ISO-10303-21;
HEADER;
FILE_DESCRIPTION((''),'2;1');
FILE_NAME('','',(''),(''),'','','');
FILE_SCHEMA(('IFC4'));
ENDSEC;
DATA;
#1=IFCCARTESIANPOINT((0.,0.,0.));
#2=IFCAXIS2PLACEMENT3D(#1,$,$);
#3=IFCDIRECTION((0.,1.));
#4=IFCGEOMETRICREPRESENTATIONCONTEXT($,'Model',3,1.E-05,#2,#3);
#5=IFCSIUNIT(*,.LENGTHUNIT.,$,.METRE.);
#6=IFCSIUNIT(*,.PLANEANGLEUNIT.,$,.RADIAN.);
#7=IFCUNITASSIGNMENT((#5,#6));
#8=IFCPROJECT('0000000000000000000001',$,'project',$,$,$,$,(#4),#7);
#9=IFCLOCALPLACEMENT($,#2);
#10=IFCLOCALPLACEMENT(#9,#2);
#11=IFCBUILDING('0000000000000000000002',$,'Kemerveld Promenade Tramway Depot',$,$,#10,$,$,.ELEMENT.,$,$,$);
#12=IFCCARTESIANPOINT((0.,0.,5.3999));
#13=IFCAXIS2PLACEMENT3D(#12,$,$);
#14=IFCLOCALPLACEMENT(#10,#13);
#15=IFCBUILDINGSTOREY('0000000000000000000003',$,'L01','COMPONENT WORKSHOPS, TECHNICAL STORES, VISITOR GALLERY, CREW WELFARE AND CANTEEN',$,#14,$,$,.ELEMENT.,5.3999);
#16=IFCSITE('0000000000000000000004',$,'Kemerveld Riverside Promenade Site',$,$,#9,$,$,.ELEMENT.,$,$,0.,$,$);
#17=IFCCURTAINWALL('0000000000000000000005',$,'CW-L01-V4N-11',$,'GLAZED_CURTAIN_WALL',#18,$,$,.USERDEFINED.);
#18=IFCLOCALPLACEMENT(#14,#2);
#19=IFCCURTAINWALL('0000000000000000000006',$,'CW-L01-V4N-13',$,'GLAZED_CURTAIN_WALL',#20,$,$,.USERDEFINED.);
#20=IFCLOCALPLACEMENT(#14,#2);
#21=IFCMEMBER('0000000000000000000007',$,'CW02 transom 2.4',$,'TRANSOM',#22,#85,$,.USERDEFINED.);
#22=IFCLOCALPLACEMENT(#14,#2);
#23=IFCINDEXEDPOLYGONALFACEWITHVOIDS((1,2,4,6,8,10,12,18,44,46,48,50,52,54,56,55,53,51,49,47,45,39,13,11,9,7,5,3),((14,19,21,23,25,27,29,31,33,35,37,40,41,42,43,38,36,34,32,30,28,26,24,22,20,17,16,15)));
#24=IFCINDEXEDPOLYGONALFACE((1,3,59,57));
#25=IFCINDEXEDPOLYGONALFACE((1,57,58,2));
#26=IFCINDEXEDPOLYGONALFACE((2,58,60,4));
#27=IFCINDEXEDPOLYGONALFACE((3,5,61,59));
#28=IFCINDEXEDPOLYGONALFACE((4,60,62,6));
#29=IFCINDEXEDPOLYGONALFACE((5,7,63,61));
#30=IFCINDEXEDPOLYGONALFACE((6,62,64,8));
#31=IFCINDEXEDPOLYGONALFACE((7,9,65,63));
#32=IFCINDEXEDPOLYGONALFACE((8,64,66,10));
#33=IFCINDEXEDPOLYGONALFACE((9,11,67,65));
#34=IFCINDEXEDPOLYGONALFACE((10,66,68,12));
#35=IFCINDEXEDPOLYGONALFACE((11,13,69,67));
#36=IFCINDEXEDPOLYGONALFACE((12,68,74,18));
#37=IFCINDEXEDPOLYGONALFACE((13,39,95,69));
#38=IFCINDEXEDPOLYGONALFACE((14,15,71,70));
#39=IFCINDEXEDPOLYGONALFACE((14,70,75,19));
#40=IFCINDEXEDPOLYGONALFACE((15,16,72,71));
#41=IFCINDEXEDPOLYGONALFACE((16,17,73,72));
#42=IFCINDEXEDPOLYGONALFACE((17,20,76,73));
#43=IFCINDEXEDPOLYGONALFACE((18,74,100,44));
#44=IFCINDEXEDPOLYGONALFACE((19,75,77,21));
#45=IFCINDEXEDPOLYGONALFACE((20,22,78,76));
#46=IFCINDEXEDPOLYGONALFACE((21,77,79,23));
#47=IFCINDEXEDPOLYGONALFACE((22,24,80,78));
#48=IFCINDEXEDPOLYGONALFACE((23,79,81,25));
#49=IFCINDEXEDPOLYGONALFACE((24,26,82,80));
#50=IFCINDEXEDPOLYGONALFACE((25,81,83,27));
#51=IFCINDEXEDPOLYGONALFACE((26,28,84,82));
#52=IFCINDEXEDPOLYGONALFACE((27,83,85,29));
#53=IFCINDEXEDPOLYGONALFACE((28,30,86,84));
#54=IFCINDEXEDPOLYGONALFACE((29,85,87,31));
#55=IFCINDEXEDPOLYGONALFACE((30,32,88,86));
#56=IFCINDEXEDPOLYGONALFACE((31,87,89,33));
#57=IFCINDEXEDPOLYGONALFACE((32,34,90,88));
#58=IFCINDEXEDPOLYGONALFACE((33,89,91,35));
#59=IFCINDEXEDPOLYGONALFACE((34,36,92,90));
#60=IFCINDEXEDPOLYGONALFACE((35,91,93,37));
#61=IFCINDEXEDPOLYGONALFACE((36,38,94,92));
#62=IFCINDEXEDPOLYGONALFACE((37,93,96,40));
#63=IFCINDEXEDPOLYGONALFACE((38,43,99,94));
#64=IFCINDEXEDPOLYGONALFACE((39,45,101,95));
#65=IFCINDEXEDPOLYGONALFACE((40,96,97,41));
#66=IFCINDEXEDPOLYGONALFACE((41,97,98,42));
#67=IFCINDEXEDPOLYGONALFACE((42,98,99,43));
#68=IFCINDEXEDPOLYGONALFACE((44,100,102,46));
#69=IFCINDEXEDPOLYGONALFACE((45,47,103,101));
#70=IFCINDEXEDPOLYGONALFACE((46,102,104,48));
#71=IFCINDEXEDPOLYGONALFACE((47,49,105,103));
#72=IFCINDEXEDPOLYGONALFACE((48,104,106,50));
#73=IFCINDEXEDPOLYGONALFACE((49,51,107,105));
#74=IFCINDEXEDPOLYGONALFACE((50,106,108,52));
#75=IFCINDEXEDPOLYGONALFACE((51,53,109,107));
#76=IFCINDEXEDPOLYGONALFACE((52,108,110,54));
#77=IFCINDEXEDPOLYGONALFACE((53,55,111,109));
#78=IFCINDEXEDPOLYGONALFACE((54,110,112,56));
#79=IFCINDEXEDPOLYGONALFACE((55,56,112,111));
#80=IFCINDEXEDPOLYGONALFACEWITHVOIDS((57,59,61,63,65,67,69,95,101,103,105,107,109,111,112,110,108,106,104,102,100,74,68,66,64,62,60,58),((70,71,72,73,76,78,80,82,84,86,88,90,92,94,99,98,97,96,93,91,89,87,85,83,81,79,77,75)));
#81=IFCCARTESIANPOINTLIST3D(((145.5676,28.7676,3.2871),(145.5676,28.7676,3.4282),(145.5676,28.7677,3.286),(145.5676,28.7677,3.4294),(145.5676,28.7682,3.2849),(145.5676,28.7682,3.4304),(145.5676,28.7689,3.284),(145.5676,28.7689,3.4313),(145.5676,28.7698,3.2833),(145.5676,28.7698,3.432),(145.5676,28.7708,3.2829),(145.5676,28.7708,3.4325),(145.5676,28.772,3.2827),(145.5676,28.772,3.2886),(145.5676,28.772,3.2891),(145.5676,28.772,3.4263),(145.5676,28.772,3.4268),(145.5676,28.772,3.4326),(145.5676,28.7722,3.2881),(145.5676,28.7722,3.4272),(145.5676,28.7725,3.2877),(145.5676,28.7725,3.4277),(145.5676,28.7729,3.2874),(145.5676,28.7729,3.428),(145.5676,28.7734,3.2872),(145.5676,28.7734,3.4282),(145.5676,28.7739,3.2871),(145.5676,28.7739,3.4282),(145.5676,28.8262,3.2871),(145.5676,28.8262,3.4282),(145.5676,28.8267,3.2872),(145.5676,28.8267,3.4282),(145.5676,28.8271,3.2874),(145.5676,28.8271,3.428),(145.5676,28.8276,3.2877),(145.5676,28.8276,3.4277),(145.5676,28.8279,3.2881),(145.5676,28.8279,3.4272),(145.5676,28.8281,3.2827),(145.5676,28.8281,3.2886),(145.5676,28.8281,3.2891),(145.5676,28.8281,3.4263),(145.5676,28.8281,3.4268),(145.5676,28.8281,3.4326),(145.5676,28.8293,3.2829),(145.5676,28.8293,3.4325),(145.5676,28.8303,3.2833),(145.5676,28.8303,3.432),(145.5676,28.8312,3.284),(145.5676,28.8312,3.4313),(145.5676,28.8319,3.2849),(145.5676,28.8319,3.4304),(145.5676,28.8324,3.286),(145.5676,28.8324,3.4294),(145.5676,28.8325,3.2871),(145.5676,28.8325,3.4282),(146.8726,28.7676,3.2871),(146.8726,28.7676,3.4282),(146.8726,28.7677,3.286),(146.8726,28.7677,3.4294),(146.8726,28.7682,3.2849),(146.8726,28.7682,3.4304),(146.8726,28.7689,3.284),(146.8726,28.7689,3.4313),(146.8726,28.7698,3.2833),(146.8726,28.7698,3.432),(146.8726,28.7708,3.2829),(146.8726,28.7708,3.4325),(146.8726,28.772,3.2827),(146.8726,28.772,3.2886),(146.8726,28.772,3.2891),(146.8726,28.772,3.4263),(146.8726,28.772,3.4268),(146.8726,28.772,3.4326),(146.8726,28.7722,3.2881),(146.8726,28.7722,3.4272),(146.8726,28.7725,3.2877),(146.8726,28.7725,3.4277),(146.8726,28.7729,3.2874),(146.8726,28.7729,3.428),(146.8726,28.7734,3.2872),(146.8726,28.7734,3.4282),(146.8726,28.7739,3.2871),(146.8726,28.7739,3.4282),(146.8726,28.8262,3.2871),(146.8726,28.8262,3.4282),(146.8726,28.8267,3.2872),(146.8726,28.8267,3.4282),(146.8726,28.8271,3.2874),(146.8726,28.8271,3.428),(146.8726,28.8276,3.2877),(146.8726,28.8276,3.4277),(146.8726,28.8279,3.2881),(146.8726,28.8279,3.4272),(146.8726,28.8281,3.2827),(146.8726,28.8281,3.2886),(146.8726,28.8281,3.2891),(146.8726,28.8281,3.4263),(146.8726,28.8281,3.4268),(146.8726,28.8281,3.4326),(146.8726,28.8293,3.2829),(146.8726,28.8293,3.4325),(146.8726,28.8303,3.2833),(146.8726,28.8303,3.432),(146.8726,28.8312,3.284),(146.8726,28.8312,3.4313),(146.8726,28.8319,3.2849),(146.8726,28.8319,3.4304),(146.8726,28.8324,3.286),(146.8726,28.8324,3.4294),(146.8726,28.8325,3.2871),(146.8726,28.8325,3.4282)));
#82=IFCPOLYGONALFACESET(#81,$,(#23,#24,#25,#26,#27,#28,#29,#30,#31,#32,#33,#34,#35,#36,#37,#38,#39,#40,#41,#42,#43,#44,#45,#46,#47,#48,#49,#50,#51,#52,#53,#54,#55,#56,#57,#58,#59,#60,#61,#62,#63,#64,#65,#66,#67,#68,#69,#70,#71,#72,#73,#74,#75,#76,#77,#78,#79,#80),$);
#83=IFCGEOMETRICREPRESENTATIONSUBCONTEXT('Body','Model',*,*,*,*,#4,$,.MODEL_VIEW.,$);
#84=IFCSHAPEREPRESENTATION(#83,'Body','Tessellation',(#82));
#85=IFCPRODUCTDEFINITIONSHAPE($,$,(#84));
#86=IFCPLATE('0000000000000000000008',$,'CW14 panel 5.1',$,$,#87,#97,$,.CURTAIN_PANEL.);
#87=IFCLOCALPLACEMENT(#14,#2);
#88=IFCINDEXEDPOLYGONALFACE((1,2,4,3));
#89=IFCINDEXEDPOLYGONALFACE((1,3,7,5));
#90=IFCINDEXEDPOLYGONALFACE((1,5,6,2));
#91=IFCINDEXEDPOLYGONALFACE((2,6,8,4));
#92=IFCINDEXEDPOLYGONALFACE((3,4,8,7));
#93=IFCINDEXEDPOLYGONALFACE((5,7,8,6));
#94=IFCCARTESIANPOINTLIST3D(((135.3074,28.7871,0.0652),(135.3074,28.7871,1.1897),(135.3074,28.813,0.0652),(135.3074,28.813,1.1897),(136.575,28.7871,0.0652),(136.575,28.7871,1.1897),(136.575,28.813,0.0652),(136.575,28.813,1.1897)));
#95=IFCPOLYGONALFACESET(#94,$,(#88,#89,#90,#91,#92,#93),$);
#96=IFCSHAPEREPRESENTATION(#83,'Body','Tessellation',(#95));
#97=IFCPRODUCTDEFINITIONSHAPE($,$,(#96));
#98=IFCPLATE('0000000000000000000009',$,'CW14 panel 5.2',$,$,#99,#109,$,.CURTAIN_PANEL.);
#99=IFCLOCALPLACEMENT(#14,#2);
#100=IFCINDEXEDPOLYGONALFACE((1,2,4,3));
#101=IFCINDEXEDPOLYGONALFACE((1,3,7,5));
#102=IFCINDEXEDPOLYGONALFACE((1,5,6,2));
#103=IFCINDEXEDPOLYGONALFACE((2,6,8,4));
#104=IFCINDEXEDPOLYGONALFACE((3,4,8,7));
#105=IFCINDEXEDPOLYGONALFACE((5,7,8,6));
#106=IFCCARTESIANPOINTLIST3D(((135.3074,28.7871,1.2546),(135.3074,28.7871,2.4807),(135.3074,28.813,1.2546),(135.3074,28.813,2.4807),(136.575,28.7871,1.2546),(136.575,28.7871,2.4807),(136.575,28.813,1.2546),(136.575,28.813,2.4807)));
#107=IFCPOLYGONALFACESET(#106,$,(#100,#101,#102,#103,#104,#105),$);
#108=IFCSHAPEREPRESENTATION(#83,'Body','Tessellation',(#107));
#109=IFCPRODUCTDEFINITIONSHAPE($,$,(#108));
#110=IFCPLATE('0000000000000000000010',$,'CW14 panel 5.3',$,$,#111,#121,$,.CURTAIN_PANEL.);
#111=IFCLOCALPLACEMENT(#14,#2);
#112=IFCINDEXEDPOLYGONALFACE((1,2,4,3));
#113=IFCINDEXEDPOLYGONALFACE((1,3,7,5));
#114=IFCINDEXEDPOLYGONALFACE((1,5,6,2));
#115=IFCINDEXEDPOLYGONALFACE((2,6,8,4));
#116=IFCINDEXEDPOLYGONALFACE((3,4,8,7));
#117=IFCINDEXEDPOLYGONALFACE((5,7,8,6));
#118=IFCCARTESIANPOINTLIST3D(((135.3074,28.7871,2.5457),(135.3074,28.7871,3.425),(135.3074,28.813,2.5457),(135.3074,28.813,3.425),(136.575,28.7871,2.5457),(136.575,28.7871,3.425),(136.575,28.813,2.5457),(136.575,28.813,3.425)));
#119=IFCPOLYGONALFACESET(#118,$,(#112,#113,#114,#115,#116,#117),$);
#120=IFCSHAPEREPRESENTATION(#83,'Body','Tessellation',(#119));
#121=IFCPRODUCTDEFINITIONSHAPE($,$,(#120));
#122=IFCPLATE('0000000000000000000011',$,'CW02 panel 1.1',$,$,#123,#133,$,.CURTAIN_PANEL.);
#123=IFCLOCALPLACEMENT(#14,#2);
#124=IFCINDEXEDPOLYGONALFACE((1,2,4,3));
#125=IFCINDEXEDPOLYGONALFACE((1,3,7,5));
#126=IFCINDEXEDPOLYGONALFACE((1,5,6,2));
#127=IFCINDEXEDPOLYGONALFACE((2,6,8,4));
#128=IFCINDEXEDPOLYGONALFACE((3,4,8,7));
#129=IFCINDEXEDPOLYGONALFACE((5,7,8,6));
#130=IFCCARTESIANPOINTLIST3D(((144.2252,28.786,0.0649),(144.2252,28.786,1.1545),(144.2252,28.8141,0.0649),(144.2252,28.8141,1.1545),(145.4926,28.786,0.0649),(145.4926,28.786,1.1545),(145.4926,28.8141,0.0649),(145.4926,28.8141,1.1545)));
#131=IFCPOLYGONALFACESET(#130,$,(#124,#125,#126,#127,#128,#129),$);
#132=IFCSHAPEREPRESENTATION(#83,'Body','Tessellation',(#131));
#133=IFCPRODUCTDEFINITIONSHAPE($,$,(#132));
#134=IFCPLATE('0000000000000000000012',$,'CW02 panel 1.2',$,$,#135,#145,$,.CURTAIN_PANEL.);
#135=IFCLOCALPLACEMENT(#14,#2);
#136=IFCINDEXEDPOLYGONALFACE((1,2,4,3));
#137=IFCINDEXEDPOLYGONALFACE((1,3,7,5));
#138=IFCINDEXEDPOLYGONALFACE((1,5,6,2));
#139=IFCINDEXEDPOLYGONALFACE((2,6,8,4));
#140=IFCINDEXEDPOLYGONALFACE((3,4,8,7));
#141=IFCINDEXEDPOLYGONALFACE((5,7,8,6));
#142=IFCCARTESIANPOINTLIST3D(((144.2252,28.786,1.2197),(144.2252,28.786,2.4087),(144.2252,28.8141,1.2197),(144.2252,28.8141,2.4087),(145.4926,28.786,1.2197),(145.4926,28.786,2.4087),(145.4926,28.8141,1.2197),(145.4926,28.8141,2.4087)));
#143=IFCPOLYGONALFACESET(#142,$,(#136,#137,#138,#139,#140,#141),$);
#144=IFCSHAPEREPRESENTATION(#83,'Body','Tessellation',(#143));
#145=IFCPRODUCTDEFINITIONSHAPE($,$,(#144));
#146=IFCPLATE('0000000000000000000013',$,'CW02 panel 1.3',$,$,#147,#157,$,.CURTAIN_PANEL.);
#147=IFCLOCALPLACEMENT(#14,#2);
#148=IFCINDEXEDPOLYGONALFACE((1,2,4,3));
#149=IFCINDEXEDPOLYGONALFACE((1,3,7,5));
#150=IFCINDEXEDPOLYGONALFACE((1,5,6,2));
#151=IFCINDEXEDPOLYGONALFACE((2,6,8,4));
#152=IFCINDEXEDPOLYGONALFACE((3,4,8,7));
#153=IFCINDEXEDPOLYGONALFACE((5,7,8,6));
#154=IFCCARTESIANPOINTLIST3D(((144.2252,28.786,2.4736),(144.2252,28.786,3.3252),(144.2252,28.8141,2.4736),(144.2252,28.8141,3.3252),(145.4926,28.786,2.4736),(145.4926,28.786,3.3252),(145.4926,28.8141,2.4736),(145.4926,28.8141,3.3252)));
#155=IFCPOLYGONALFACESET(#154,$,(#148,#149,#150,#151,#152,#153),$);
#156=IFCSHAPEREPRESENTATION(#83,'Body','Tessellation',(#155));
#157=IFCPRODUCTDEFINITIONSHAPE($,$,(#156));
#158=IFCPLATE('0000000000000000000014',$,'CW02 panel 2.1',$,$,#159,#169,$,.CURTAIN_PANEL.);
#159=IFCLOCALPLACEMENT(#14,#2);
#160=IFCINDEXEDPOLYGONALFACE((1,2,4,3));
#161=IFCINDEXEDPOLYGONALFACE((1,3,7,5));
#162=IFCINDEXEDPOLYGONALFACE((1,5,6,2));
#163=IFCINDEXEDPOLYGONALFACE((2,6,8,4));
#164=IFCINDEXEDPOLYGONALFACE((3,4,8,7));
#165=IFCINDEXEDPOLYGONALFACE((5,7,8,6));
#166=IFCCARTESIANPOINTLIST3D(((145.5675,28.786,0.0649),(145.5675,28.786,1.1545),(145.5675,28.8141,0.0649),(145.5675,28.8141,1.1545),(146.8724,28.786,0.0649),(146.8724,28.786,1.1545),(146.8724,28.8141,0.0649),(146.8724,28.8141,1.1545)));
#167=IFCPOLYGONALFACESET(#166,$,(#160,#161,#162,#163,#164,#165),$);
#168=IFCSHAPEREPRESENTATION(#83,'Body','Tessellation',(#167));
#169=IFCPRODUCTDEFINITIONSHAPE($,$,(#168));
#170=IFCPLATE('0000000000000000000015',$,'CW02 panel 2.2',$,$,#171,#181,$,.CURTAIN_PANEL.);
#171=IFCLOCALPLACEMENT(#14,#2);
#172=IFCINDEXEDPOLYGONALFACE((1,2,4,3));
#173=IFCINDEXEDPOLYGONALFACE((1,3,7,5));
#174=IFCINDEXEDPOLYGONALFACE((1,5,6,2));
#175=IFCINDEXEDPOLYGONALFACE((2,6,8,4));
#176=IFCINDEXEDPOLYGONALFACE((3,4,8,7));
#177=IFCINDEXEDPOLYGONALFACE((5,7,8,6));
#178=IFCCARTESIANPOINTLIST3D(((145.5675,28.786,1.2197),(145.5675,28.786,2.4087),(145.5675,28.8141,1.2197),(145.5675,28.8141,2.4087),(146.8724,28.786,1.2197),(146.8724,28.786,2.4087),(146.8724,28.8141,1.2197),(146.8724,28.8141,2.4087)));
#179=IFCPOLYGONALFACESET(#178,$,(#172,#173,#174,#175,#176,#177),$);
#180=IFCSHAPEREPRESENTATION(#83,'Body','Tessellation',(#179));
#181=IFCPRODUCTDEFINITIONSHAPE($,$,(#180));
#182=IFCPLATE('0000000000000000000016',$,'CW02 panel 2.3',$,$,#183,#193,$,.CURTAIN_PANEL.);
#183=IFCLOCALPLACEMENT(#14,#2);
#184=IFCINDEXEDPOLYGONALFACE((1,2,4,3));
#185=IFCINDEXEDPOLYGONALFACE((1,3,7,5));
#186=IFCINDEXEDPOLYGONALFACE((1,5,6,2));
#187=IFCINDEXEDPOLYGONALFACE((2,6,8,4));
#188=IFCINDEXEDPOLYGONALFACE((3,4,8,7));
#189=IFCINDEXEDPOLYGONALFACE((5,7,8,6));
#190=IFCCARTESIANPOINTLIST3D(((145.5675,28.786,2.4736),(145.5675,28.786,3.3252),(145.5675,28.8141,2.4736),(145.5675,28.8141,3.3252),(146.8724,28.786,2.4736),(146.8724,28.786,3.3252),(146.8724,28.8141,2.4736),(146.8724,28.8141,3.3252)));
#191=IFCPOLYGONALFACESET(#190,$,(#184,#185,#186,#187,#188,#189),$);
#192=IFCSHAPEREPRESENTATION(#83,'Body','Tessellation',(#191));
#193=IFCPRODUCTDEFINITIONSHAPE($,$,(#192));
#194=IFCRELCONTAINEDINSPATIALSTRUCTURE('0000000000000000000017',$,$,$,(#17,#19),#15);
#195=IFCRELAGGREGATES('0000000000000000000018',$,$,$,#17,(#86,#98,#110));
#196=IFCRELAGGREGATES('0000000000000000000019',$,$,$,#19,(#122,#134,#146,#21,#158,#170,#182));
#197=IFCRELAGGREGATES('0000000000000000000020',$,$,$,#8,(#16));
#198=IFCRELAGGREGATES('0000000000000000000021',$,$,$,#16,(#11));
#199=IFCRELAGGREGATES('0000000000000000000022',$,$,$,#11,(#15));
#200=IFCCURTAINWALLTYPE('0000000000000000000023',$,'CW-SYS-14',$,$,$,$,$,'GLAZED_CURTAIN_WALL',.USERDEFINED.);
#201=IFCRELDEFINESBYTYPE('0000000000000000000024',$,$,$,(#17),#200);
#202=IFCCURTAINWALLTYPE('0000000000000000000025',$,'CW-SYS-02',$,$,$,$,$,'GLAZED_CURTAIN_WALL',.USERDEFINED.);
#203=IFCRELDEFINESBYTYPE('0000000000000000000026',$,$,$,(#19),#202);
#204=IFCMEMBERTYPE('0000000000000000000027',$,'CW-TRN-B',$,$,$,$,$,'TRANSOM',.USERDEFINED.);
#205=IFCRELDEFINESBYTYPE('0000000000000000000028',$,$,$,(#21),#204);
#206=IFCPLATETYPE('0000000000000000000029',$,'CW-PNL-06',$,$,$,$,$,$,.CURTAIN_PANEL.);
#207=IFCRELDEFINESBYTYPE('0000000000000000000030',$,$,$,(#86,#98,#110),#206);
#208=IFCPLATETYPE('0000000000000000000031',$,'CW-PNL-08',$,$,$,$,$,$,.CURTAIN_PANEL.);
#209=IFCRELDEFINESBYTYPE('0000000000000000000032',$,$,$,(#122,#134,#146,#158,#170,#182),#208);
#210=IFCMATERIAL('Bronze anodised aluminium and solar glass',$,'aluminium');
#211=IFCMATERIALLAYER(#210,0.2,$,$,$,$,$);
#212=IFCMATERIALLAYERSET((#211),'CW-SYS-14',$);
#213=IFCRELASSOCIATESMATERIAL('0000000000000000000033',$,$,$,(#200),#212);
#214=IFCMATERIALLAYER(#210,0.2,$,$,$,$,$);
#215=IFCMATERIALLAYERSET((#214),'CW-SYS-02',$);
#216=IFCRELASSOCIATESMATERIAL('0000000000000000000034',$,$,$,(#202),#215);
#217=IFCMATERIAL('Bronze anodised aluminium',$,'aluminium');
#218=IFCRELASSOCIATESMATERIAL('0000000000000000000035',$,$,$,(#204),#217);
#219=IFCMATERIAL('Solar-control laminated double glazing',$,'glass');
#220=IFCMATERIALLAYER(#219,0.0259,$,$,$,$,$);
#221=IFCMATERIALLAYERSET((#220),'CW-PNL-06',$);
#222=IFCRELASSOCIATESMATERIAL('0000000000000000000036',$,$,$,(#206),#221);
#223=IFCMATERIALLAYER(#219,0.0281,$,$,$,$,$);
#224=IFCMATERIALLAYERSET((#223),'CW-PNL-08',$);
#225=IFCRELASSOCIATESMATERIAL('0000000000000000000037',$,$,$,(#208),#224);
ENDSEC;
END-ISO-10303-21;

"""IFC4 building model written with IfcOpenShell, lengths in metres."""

from ifc_helpers import new_model, si_unit, direction, frame, origin, origin_2d, place, context, subcontext, project, spatial, rectangle, hollow_rectangle, extrude, material, layer, layer_set, material_profile, profile_set, type_object, element, aggregate, save


model = new_model("IFC4")

# Units and contexts
model_context = context("Model", 3, precision=1e-05, world=origin(), true_north=direction((0.0, 1.0)))
body_context = subcontext(model_context, "Body", "Model", "MODEL_VIEW")
ifc_project = project(units=[si_unit("LENGTHUNIT", "METRE"), si_unit("PLANEANGLEUNIT", "RADIAN")], contexts=[model_context])

# Site, building, storey
site_placement = place(None, origin())
site = spatial("IfcSite", under=ifc_project, at=site_placement, Name="Kemerveld Riverside Promenade Site", CompositionType="ELEMENT", RefElevation=0.0)
building_placement = place(site_placement, origin())
building = spatial("IfcBuilding", under=site, at=building_placement, Name="Kemerveld Promenade Tramway Depot", CompositionType="ELEMENT")
storey_placement = place(building_placement, frame((0.0, 0.0, 5.3999)))
storey = spatial("IfcBuildingStorey", under=building, at=storey_placement, Name="L01", Description="COMPONENT WORKSHOPS, TECHNICAL STORES, VISITOR GALLERY, CREW WELFARE AND CANTEEN", CompositionType="ELEMENT", Elevation=5.3999)

# Curtain wall
ifc_material_1 = material(Name="Bronze anodised aluminium and solar glass", Category="aluminium")
ifc_layer_1 = layer(ifc_material_1, 0.2)
ifc_layer_set_1 = layer_set([ifc_layer_1], Name="CW-SYS-14")
curtain_wall_type_1 = type_object("IfcCurtainWallType", Name="CW-SYS-14", ElementType="GLAZED_CURTAIN_WALL", PredefinedType="USERDEFINED", material=ifc_layer_set_1)
curtain_wall_1_placement = place(storey_placement, origin())
curtain_wall_1 = element("IfcCurtainWall", 1, at=curtain_wall_1_placement, inside=storey, type_object=curtain_wall_type_1, Name="CW-L01-V4N-11", ObjectType="GLAZED_CURTAIN_WALL", PredefinedType="USERDEFINED")
ifc_material_2 = material(Name="Bronze anodised aluminium", Category="aluminium")

# Curtain wall
ifc_layer_2 = layer(ifc_material_1, 0.2)
ifc_layer_set_2 = layer_set([ifc_layer_2], Name="CW-SYS-02")
curtain_wall_type_2 = type_object("IfcCurtainWallType", Name="CW-SYS-02", ElementType="GLAZED_CURTAIN_WALL", PredefinedType="USERDEFINED", material=ifc_layer_set_2)
curtain_wall_2_placement = place(storey_placement, origin())
curtain_wall_2 = element("IfcCurtainWall", 2, at=curtain_wall_2_placement, inside=storey, type_object=curtain_wall_type_2, Name="CW-L01-V4N-13", ObjectType="GLAZED_CURTAIN_WALL", PredefinedType="USERDEFINED")

# Member
ifc_material_profile_1 = material_profile(ifc_material_2, hollow_rectangle(XDim=0.0649, YDim=0.1499, WallThickness=0.0044, InnerFilletRadius=0.002, OuterFilletRadius=0.0044, at=origin_2d()), Name="CW-TRN-150x65")
ifc_profile_set_1 = profile_set([ifc_material_profile_1], Name="Bronze anodised aluminium")
member_type_1 = type_object("IfcMemberType", Name="CW-TRN-B", ElementType="TRANSOM", PredefinedType="USERDEFINED", material=ifc_profile_set_1)
member_1_placement = place(storey_placement, frame((145.5676, 28.8, 3.3577), z_axis=(1.0, 0.0, 0.0), x_axis=(0.0, 1.0, 0.0)))
member_1 = element("IfcMember", 3, at=member_1_placement, type_object=member_type_1, Name="CW02 transom 2.4", ObjectType="TRANSOM", PredefinedType="USERDEFINED", context=body_context, shape_type="SweptSolid", body=[
    extrude(hollow_rectangle(XDim=0.0649, YDim=0.1499, WallThickness=0.0044, InnerFilletRadius=0.002, OuterFilletRadius=0.0044, at=origin_2d()), origin(), (0.0, 0.0, 1.0), 1.3049),
])

# Plates
ifc_material_3 = material(Name="Solar-control laminated double glazing", Category="glass")
ifc_layer_3 = layer(ifc_material_3, 0.0259)
ifc_layer_set_3 = layer_set([ifc_layer_3], Name="CW-PNL-06")
plate_type_1 = type_object("IfcPlateType", Name="CW-PNL-06", PredefinedType="CURTAIN_PANEL", material=ifc_layer_set_3)
plate_1_placement = place(storey_placement, frame((135.9412, 28.8, 0.0652), z_axis=(0.0, 0.0, 1.0), x_axis=(1.0, 0.0, 0.0)))
plate_1 = element("IfcPlate", 4, at=plate_1_placement, type_object=plate_type_1, Name="CW14 panel 5.1", PredefinedType="CURTAIN_PANEL", context=body_context, shape_type="SweptSolid", body=[
    extrude(rectangle(XDim=1.2676, YDim=0.0259, at=origin_2d()), origin(), (0.0, 0.0, 1.0), 1.1245),
])
plate_2_placement = place(storey_placement, frame((135.9412, 28.8, 1.2546), z_axis=(0.0, 0.0, 1.0), x_axis=(1.0, 0.0, 0.0)))
plate_2 = element("IfcPlate", 5, at=plate_2_placement, type_object=plate_type_1, Name="CW14 panel 5.2", PredefinedType="CURTAIN_PANEL", context=body_context, shape_type="SweptSolid", body=[
    extrude(rectangle(XDim=1.2676, YDim=0.0259, at=origin_2d()), origin(), (0.0, 0.0, 1.0), 1.2261),
])
plate_3_placement = place(storey_placement, frame((135.9412, 28.8, 2.5457), z_axis=(0.0, 0.0, 1.0), x_axis=(1.0, 0.0, 0.0)))
plate_3 = element("IfcPlate", 6, at=plate_3_placement, type_object=plate_type_1, Name="CW14 panel 5.3", PredefinedType="CURTAIN_PANEL", context=body_context, shape_type="SweptSolid", body=[
    extrude(rectangle(XDim=1.2676, YDim=0.0259, at=origin_2d()), origin(), (0.0, 0.0, 1.0), 0.8794),
])
aggregate(curtain_wall_1, [plate_1, plate_2, plate_3])
ifc_layer_4 = layer(ifc_material_3, 0.0281)
ifc_layer_set_4 = layer_set([ifc_layer_4], Name="CW-PNL-08")
plate_type_2 = type_object("IfcPlateType", Name="CW-PNL-08", PredefinedType="CURTAIN_PANEL", material=ifc_layer_set_4)
plate_4_placement = place(storey_placement, frame((144.8589, 28.8, 0.0649), z_axis=(0.0, 0.0, 1.0), x_axis=(1.0, 0.0, 0.0)))
plate_4 = element("IfcPlate", 7, at=plate_4_placement, type_object=plate_type_2, Name="CW02 panel 1.1", PredefinedType="CURTAIN_PANEL", context=body_context, shape_type="SweptSolid", body=[
    extrude(rectangle(XDim=1.2673, YDim=0.0281, at=origin_2d()), origin(), (0.0, 0.0, 1.0), 1.0896),
])
plate_5_placement = place(storey_placement, frame((144.8589, 28.8, 1.2197), z_axis=(0.0, 0.0, 1.0), x_axis=(1.0, 0.0, 0.0)))
plate_5 = element("IfcPlate", 8, at=plate_5_placement, type_object=plate_type_2, Name="CW02 panel 1.2", PredefinedType="CURTAIN_PANEL", context=body_context, shape_type="SweptSolid", body=[
    extrude(rectangle(XDim=1.2673, YDim=0.0281, at=origin_2d()), origin(), (0.0, 0.0, 1.0), 1.189),
])
plate_6_placement = place(storey_placement, frame((144.8589, 28.8, 2.4736), z_axis=(0.0, 0.0, 1.0), x_axis=(1.0, 0.0, 0.0)))
plate_6 = element("IfcPlate", 9, at=plate_6_placement, type_object=plate_type_2, Name="CW02 panel 1.3", PredefinedType="CURTAIN_PANEL", context=body_context, shape_type="SweptSolid", body=[
    extrude(rectangle(XDim=1.2673, YDim=0.0281, at=origin_2d()), origin(), (0.0, 0.0, 1.0), 0.8516),
])
plate_7_placement = place(storey_placement, frame((146.22, 28.8, 0.0649), z_axis=(0.0, 0.0, 1.0), x_axis=(1.0, 0.0, 0.0)))
plate_7 = element("IfcPlate", 10, at=plate_7_placement, type_object=plate_type_2, Name="CW02 panel 2.1", PredefinedType="CURTAIN_PANEL", context=body_context, shape_type="SweptSolid", body=[
    extrude(rectangle(XDim=1.3049, YDim=0.0281, at=origin_2d()), origin(), (0.0, 0.0, 1.0), 1.0896),
])
plate_8_placement = place(storey_placement, frame((146.22, 28.8, 1.2197), z_axis=(0.0, 0.0, 1.0), x_axis=(1.0, 0.0, 0.0)))
plate_8 = element("IfcPlate", 11, at=plate_8_placement, type_object=plate_type_2, Name="CW02 panel 2.2", PredefinedType="CURTAIN_PANEL", context=body_context, shape_type="SweptSolid", body=[
    extrude(rectangle(XDim=1.3049, YDim=0.0281, at=origin_2d()), origin(), (0.0, 0.0, 1.0), 1.189),
])
plate_9_placement = place(storey_placement, frame((146.22, 28.8, 2.4736), z_axis=(0.0, 0.0, 1.0), x_axis=(1.0, 0.0, 0.0)))
plate_9 = element("IfcPlate", 12, at=plate_9_placement, type_object=plate_type_2, Name="CW02 panel 2.3", PredefinedType="CURTAIN_PANEL", context=body_context, shape_type="SweptSolid", body=[
    extrude(rectangle(XDim=1.3049, YDim=0.0281, at=origin_2d()), origin(), (0.0, 0.0, 1.0), 0.8516),
])
aggregate(curtain_wall_2, [plate_4, plate_5, plate_6, member_1, plate_7, plate_8, plate_9])

save(model, "model.ifc")
